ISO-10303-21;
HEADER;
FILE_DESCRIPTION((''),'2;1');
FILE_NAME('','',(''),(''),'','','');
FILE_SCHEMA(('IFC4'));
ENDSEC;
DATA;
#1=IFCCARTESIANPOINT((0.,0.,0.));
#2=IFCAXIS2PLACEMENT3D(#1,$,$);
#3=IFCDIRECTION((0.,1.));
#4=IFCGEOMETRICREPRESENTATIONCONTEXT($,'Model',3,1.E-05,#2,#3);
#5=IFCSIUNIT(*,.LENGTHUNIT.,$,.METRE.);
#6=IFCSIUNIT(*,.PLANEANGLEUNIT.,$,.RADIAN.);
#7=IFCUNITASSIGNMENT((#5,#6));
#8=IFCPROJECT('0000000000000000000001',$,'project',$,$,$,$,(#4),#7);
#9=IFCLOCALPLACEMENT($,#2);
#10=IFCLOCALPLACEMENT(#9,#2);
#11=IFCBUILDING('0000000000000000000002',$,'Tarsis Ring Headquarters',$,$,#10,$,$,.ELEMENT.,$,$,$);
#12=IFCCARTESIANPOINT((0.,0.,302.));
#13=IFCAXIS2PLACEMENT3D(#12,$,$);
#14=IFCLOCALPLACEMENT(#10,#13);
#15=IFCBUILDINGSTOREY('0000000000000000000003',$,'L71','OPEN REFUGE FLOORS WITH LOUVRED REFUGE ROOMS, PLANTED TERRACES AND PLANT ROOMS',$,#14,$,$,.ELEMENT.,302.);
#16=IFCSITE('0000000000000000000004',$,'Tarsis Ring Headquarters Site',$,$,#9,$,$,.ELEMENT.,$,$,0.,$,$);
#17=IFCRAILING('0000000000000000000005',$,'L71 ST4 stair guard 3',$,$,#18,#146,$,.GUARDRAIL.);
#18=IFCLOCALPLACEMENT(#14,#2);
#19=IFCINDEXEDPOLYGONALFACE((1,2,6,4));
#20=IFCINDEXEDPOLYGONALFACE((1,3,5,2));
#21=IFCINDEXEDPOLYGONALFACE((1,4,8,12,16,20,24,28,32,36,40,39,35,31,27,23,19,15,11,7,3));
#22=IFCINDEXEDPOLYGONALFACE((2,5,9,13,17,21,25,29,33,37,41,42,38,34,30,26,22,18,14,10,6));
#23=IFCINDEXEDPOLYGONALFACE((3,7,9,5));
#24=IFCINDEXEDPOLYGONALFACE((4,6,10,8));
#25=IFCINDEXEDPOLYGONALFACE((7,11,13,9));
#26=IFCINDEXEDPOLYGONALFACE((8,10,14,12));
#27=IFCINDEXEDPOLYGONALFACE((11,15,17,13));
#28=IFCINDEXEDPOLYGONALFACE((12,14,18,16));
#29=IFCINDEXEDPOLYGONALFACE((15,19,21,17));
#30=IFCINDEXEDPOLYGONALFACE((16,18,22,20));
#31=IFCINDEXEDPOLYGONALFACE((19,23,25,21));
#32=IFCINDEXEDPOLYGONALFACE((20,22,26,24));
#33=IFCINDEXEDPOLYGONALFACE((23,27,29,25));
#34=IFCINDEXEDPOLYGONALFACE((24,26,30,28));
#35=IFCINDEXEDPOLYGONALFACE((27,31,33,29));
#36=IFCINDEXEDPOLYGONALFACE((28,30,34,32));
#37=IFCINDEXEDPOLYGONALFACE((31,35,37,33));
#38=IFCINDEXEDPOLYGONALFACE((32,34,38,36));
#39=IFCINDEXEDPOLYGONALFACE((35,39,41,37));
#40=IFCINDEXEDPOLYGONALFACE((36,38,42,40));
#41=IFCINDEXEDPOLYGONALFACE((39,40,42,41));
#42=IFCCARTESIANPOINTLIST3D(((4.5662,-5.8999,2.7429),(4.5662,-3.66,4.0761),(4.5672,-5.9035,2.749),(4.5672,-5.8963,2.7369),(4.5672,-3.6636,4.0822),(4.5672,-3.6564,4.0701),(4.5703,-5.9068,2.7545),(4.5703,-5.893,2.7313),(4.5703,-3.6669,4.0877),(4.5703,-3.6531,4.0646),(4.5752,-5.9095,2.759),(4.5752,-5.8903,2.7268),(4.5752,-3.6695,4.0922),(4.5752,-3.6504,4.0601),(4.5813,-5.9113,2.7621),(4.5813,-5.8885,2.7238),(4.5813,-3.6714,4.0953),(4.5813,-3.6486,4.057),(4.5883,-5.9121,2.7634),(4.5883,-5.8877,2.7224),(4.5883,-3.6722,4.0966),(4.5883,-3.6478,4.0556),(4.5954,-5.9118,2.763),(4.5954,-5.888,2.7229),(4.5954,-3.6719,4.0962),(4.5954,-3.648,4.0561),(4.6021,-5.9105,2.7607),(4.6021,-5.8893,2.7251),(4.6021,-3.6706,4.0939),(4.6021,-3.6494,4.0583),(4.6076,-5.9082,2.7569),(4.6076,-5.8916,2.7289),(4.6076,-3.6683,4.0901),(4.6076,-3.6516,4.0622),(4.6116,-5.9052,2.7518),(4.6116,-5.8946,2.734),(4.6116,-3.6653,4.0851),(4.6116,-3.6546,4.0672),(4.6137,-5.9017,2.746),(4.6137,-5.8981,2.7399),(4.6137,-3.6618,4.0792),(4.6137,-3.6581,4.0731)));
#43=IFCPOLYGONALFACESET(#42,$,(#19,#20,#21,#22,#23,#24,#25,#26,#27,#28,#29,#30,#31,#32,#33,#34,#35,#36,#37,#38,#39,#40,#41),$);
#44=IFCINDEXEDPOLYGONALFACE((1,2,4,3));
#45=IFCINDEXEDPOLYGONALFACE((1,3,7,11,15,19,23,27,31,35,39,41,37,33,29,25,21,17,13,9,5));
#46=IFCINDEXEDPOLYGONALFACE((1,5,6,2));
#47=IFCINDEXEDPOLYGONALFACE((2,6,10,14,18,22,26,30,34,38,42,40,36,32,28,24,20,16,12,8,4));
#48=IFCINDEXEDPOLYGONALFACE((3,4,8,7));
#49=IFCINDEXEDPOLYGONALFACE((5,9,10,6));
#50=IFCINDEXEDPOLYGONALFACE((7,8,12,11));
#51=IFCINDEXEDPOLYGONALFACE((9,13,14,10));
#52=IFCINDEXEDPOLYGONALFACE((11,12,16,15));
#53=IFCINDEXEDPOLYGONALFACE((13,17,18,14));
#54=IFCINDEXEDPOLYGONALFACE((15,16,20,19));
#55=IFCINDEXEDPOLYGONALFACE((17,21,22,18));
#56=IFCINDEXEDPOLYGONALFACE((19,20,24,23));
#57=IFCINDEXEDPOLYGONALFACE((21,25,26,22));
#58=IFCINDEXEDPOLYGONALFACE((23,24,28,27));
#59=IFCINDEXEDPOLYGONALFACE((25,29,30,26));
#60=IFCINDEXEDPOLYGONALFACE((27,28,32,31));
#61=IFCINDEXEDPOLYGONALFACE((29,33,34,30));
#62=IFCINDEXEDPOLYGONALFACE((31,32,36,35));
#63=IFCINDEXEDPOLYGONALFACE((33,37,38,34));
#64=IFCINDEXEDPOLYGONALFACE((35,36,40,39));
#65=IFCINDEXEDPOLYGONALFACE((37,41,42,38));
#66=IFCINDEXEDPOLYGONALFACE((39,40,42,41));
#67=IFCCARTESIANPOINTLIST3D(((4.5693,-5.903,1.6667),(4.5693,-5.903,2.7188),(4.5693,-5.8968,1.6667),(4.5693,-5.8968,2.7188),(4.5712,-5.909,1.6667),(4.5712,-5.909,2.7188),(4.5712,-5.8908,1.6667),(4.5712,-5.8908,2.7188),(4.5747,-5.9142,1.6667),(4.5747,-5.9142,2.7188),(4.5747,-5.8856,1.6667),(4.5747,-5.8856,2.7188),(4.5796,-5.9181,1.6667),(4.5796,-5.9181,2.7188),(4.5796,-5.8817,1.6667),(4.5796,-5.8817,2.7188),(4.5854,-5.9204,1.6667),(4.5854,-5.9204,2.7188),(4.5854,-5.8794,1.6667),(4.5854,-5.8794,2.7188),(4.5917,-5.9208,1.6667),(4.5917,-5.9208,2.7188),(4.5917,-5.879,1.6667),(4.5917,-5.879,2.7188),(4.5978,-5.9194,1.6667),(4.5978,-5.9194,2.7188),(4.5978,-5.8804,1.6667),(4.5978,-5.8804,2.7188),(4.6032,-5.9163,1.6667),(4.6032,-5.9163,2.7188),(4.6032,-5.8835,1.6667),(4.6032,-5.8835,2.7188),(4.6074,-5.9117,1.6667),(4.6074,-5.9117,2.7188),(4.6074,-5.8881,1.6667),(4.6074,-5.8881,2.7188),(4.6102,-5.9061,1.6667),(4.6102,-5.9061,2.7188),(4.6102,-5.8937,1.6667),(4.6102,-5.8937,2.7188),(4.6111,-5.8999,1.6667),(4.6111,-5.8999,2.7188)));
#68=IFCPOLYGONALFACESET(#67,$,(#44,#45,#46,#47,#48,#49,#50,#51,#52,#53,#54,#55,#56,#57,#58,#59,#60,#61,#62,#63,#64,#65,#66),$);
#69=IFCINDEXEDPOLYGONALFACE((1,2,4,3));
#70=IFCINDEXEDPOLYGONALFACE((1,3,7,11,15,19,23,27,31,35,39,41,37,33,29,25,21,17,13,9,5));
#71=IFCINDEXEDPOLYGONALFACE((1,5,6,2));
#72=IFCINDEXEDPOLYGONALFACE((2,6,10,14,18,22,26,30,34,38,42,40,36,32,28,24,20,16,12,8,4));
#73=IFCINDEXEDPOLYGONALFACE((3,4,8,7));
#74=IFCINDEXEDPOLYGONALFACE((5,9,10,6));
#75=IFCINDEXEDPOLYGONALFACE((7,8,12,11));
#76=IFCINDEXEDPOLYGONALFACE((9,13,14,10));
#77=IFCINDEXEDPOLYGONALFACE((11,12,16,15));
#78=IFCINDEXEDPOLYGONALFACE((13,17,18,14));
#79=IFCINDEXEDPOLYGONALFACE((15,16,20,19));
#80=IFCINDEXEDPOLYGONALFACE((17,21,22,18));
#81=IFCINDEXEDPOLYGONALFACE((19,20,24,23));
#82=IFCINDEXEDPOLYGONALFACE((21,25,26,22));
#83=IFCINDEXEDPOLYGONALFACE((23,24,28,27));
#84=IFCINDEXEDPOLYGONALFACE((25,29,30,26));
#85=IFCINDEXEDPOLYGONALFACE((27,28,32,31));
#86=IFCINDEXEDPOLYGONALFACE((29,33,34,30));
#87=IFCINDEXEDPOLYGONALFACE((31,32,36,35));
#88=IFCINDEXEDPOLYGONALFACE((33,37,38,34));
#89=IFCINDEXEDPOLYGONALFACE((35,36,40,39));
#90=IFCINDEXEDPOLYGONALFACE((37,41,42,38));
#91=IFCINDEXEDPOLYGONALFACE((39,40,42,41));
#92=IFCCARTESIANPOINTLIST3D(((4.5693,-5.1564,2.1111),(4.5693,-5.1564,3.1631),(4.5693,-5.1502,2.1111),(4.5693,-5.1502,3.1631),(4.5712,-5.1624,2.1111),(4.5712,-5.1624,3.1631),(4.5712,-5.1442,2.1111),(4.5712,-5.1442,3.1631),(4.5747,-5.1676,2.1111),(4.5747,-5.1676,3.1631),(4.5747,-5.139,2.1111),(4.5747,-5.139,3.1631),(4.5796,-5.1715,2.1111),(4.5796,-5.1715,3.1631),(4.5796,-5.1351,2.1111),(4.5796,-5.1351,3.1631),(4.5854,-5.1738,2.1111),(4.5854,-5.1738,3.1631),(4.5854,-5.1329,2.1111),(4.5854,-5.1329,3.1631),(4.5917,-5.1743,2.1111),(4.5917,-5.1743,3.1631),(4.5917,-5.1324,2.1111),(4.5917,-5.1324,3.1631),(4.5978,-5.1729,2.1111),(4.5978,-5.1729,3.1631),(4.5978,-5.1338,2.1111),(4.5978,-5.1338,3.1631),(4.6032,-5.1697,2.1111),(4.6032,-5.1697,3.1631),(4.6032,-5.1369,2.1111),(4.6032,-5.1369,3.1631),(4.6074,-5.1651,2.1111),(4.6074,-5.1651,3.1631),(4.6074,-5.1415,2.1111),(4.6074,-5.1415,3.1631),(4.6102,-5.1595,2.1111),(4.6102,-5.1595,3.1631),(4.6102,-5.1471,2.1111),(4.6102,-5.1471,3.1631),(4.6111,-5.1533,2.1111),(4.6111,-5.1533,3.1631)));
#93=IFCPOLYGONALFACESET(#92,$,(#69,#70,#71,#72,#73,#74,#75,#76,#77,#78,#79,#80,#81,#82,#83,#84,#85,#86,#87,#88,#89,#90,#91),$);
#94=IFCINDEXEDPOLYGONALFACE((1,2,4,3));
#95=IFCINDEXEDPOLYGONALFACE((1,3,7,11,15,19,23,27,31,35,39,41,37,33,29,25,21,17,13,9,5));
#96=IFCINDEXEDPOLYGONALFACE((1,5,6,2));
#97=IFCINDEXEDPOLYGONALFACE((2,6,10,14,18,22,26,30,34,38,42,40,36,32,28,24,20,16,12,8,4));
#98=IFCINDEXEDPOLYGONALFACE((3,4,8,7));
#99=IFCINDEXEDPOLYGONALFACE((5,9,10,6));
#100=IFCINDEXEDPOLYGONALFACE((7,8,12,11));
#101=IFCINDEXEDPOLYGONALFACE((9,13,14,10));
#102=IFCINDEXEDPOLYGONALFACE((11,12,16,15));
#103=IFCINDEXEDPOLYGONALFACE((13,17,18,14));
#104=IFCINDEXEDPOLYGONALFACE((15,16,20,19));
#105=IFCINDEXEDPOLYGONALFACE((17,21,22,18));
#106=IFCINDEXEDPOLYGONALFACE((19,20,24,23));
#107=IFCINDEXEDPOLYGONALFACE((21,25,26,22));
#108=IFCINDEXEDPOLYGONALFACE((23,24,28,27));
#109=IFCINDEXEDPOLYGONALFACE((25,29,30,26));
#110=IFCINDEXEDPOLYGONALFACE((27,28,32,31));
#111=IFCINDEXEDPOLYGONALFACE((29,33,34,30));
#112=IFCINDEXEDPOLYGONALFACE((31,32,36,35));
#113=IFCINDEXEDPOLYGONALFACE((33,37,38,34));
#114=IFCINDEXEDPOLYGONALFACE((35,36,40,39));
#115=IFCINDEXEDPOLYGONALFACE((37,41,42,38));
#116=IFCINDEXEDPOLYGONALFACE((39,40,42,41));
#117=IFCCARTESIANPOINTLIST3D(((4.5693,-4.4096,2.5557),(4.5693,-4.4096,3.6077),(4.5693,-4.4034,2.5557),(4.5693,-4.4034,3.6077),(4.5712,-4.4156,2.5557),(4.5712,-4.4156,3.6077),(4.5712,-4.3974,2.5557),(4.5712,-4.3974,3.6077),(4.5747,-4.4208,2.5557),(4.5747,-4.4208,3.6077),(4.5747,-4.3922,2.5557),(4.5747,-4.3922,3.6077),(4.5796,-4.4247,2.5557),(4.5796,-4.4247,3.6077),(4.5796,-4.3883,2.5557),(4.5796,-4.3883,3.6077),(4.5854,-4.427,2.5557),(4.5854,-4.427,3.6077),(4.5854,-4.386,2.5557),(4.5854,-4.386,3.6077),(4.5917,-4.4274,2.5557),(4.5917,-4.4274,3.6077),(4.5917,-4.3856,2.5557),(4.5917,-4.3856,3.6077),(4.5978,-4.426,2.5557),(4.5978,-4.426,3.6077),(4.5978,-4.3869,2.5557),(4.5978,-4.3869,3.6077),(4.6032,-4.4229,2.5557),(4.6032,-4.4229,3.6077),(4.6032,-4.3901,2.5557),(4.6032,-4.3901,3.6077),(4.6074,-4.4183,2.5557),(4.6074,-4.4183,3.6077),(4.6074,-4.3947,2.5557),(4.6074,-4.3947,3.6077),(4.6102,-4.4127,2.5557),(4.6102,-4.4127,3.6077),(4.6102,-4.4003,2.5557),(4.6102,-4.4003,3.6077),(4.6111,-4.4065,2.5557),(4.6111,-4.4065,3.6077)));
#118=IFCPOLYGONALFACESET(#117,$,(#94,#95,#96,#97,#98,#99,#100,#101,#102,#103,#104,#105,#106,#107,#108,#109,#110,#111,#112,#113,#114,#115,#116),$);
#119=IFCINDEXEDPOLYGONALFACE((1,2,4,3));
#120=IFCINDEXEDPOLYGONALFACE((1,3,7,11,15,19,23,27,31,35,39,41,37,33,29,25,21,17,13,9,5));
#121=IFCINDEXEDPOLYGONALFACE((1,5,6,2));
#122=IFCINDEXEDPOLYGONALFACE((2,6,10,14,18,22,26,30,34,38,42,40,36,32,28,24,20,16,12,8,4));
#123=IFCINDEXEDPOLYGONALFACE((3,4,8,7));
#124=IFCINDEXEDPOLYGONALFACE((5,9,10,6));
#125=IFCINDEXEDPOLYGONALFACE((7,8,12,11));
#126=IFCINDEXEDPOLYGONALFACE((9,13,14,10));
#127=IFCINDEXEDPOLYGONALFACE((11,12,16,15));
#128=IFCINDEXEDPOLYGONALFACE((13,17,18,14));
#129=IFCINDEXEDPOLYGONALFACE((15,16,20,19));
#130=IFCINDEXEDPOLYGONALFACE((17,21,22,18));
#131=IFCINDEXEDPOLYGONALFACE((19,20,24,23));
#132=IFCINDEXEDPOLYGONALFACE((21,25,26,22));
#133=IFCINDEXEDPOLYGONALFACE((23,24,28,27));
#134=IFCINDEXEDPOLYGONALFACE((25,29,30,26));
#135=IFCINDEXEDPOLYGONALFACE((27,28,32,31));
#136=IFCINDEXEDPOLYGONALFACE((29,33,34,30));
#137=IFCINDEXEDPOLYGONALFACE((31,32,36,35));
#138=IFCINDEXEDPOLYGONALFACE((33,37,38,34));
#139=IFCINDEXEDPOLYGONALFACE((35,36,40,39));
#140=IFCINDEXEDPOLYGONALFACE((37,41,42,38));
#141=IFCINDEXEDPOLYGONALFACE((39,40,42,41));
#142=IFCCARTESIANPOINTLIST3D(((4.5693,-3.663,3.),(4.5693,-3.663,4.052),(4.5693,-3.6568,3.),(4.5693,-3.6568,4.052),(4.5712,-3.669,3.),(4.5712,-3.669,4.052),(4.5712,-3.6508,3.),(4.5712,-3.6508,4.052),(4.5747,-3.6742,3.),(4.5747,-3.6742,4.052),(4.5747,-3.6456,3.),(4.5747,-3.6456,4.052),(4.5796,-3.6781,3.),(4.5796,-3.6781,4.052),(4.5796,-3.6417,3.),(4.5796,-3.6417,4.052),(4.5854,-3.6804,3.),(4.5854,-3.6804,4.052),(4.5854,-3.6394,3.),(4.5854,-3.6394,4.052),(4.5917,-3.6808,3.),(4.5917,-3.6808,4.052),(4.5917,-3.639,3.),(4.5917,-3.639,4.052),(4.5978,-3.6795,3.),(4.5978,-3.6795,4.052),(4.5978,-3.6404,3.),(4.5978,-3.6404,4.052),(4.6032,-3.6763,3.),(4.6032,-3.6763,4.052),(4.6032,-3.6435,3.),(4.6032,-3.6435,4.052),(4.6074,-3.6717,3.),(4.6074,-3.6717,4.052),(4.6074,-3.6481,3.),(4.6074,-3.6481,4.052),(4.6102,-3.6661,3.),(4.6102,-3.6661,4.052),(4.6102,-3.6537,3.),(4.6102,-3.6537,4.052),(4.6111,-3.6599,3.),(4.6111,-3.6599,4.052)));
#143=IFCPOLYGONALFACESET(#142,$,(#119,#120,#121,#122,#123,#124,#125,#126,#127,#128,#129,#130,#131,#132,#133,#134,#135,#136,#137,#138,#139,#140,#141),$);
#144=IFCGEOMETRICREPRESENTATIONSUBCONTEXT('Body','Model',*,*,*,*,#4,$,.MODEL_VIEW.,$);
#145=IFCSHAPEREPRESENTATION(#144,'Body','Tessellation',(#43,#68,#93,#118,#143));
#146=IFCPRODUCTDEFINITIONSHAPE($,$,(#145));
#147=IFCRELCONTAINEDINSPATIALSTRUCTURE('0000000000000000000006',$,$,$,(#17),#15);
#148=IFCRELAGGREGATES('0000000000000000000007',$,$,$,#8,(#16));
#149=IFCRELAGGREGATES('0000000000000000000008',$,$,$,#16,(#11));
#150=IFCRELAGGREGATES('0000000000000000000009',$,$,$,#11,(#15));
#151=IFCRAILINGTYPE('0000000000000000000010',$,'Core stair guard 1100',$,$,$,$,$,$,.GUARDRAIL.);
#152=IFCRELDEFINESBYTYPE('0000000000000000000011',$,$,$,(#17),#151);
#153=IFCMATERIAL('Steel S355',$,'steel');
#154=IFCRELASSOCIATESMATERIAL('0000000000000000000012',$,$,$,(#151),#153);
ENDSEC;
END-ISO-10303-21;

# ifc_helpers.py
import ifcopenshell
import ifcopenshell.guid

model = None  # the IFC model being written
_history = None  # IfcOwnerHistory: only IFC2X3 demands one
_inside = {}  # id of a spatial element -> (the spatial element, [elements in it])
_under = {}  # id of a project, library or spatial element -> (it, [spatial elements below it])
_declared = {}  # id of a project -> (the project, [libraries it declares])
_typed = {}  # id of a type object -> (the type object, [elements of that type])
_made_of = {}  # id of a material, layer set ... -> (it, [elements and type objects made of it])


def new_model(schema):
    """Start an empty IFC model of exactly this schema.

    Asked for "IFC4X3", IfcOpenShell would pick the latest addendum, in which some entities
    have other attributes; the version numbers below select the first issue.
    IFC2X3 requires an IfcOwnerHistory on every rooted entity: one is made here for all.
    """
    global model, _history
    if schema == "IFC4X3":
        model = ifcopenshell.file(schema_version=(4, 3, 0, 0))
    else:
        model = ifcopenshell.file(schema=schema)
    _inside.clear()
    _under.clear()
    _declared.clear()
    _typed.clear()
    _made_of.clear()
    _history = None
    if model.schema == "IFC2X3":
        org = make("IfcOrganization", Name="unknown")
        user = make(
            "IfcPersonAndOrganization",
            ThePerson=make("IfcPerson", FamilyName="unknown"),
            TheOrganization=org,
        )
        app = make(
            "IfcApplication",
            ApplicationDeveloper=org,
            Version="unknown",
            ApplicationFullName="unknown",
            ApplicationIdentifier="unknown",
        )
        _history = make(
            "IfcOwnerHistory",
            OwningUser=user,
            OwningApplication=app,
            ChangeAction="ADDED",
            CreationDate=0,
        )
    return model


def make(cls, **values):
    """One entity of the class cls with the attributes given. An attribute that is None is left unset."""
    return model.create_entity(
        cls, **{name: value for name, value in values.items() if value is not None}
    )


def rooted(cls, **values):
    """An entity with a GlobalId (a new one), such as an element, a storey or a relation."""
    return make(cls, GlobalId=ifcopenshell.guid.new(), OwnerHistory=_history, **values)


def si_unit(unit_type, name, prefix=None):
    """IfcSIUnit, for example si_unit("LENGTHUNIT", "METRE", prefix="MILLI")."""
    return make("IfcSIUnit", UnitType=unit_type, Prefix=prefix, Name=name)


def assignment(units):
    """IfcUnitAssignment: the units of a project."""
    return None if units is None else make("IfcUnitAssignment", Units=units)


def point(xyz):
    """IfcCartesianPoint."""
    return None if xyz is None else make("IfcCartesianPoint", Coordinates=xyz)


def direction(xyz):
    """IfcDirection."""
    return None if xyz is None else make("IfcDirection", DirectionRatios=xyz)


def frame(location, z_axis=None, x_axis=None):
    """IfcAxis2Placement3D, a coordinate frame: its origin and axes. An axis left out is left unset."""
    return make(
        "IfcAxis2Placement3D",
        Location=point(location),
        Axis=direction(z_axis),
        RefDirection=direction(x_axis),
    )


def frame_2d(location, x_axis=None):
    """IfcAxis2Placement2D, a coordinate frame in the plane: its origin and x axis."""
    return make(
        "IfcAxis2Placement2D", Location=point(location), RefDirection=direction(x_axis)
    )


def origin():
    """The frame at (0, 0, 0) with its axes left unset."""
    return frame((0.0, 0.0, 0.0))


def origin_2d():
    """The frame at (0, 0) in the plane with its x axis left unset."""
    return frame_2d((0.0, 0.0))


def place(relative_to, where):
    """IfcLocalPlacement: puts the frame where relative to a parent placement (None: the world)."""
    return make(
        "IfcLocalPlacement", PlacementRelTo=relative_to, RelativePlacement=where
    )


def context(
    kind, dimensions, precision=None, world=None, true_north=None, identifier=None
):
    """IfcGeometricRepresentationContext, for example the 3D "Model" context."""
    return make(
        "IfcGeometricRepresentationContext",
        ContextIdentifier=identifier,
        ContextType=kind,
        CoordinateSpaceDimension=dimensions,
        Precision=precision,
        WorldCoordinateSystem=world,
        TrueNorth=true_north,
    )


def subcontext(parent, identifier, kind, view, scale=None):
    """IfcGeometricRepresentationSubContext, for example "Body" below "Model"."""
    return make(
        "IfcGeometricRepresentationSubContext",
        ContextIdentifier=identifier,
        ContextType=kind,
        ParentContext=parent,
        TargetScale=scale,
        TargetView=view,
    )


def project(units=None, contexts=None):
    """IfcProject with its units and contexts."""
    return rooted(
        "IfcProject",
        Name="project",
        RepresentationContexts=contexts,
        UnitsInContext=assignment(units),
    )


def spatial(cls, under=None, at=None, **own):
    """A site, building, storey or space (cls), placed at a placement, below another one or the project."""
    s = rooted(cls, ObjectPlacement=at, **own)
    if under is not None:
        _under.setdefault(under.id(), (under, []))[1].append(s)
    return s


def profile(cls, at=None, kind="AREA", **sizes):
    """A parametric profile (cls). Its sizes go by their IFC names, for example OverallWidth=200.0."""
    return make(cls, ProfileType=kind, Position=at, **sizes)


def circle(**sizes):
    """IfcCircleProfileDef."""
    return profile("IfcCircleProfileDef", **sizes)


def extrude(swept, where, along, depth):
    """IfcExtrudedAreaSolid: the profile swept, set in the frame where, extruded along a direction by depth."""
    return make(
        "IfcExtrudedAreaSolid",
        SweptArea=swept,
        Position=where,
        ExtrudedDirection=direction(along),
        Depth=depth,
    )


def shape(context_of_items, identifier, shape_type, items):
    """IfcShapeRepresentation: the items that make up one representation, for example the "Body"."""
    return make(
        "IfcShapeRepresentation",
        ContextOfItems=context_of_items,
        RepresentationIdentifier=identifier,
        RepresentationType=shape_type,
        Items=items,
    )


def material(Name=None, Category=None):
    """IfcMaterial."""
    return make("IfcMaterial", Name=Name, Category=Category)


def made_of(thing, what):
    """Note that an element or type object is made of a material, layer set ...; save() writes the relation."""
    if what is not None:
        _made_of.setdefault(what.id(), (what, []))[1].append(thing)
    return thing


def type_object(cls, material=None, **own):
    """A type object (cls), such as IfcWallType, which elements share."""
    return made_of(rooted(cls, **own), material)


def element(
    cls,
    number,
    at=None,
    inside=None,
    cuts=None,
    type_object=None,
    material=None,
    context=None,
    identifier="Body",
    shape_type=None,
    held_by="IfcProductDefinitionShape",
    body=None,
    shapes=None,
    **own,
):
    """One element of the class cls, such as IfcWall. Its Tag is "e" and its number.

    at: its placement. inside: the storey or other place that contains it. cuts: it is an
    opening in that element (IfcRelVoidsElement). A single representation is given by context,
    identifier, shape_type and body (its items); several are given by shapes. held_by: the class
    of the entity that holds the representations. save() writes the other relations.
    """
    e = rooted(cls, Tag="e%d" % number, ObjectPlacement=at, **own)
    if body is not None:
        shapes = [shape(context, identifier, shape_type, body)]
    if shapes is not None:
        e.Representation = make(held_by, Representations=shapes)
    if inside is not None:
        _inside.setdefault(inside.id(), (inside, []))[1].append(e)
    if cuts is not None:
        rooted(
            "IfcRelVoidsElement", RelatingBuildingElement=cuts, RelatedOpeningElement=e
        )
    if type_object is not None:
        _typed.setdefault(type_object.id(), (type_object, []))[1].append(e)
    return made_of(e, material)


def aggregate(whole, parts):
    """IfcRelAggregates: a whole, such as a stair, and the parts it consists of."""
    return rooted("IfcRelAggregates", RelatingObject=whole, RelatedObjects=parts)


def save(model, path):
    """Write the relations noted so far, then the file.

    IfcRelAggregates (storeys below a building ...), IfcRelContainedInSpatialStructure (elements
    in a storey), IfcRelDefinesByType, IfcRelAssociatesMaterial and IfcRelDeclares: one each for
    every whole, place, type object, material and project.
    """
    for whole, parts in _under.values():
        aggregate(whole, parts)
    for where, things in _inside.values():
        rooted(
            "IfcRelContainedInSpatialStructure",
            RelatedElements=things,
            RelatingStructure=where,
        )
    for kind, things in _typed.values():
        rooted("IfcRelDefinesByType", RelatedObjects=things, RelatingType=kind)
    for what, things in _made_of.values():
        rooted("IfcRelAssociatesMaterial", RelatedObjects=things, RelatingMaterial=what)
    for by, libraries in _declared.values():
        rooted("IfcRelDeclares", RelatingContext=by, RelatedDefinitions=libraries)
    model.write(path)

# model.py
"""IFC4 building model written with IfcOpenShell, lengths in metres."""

from ifc_helpers import new_model, si_unit, direction, frame, origin, origin_2d, place, context, subcontext, project, spatial, circle, extrude, material, type_object, element, save


model = new_model("IFC4")

# Units and contexts
model_context = context("Model", 3, precision=1e-05, world=origin(), true_north=direction((0.0, 1.0)))
body_context = subcontext(model_context, "Body", "Model", "MODEL_VIEW")
ifc_project = project(units=[si_unit("LENGTHUNIT", "METRE"), si_unit("PLANEANGLEUNIT", "RADIAN")], contexts=[model_context])

# Site, building, storey
site_placement = place(None, origin())
site = spatial("IfcSite", under=ifc_project, at=site_placement, Name="Tarsis Ring Headquarters Site", CompositionType="ELEMENT", RefElevation=0.0)
building_placement = place(site_placement, origin())
building = spatial("IfcBuilding", under=site, at=building_placement, Name="Tarsis Ring Headquarters", CompositionType="ELEMENT")
storey_placement = place(building_placement, frame((0.0, 0.0, 302.0)))
storey = spatial("IfcBuildingStorey", under=building, at=storey_placement, Name="L71", Description="OPEN REFUGE FLOORS WITH LOUVRED REFUGE ROOMS, PLANTED TERRACES AND PLANT ROOMS", CompositionType="ELEMENT", Elevation=302.0)

# Railing
ifc_material_1 = material(Name="Steel S355", Category="steel")
railing_type_1 = type_object("IfcRailingType", Name="Core stair guard 1100", PredefinedType="GUARDRAIL", material=ifc_material_1)
railing_1_placement = place(storey_placement, frame((4.5901, -5.8999, 1.6667)))
element("IfcRailing", 1, at=railing_1_placement, inside=storey, type_object=railing_type_1, Name="L71 ST4 stair guard 3", PredefinedType="GUARDRAIL", context=body_context, shape_type="SweptSolid", body=[
    extrude(circle(Radius=0.0239, at=origin_2d()), frame((0.0, 0.0, 1.0762), z_axis=(0.0, 0.859306, 0.511462), x_axis=(-1.0, 0.0, 0.0)), (0.0, 0.0, 1.0), 2.6067),
    extrude(circle(Radius=0.021, at=origin_2d()), origin(), (0.0, 0.0, 1.0), 1.052),
    extrude(circle(Radius=0.021, at=origin_2d()), frame((0.0, 0.7466, 0.4443)), (0.0, 0.0, 1.0), 1.052),
    extrude(circle(Radius=0.021, at=origin_2d()), frame((0.0, 1.4934, 0.8889)), (0.0, 0.0, 1.0), 1.052),
    extrude(circle(Radius=0.021, at=origin_2d()), frame((0.0, 2.24, 1.3333)), (0.0, 0.0, 1.0), 1.052),
])

save(model, "model.ifc")
